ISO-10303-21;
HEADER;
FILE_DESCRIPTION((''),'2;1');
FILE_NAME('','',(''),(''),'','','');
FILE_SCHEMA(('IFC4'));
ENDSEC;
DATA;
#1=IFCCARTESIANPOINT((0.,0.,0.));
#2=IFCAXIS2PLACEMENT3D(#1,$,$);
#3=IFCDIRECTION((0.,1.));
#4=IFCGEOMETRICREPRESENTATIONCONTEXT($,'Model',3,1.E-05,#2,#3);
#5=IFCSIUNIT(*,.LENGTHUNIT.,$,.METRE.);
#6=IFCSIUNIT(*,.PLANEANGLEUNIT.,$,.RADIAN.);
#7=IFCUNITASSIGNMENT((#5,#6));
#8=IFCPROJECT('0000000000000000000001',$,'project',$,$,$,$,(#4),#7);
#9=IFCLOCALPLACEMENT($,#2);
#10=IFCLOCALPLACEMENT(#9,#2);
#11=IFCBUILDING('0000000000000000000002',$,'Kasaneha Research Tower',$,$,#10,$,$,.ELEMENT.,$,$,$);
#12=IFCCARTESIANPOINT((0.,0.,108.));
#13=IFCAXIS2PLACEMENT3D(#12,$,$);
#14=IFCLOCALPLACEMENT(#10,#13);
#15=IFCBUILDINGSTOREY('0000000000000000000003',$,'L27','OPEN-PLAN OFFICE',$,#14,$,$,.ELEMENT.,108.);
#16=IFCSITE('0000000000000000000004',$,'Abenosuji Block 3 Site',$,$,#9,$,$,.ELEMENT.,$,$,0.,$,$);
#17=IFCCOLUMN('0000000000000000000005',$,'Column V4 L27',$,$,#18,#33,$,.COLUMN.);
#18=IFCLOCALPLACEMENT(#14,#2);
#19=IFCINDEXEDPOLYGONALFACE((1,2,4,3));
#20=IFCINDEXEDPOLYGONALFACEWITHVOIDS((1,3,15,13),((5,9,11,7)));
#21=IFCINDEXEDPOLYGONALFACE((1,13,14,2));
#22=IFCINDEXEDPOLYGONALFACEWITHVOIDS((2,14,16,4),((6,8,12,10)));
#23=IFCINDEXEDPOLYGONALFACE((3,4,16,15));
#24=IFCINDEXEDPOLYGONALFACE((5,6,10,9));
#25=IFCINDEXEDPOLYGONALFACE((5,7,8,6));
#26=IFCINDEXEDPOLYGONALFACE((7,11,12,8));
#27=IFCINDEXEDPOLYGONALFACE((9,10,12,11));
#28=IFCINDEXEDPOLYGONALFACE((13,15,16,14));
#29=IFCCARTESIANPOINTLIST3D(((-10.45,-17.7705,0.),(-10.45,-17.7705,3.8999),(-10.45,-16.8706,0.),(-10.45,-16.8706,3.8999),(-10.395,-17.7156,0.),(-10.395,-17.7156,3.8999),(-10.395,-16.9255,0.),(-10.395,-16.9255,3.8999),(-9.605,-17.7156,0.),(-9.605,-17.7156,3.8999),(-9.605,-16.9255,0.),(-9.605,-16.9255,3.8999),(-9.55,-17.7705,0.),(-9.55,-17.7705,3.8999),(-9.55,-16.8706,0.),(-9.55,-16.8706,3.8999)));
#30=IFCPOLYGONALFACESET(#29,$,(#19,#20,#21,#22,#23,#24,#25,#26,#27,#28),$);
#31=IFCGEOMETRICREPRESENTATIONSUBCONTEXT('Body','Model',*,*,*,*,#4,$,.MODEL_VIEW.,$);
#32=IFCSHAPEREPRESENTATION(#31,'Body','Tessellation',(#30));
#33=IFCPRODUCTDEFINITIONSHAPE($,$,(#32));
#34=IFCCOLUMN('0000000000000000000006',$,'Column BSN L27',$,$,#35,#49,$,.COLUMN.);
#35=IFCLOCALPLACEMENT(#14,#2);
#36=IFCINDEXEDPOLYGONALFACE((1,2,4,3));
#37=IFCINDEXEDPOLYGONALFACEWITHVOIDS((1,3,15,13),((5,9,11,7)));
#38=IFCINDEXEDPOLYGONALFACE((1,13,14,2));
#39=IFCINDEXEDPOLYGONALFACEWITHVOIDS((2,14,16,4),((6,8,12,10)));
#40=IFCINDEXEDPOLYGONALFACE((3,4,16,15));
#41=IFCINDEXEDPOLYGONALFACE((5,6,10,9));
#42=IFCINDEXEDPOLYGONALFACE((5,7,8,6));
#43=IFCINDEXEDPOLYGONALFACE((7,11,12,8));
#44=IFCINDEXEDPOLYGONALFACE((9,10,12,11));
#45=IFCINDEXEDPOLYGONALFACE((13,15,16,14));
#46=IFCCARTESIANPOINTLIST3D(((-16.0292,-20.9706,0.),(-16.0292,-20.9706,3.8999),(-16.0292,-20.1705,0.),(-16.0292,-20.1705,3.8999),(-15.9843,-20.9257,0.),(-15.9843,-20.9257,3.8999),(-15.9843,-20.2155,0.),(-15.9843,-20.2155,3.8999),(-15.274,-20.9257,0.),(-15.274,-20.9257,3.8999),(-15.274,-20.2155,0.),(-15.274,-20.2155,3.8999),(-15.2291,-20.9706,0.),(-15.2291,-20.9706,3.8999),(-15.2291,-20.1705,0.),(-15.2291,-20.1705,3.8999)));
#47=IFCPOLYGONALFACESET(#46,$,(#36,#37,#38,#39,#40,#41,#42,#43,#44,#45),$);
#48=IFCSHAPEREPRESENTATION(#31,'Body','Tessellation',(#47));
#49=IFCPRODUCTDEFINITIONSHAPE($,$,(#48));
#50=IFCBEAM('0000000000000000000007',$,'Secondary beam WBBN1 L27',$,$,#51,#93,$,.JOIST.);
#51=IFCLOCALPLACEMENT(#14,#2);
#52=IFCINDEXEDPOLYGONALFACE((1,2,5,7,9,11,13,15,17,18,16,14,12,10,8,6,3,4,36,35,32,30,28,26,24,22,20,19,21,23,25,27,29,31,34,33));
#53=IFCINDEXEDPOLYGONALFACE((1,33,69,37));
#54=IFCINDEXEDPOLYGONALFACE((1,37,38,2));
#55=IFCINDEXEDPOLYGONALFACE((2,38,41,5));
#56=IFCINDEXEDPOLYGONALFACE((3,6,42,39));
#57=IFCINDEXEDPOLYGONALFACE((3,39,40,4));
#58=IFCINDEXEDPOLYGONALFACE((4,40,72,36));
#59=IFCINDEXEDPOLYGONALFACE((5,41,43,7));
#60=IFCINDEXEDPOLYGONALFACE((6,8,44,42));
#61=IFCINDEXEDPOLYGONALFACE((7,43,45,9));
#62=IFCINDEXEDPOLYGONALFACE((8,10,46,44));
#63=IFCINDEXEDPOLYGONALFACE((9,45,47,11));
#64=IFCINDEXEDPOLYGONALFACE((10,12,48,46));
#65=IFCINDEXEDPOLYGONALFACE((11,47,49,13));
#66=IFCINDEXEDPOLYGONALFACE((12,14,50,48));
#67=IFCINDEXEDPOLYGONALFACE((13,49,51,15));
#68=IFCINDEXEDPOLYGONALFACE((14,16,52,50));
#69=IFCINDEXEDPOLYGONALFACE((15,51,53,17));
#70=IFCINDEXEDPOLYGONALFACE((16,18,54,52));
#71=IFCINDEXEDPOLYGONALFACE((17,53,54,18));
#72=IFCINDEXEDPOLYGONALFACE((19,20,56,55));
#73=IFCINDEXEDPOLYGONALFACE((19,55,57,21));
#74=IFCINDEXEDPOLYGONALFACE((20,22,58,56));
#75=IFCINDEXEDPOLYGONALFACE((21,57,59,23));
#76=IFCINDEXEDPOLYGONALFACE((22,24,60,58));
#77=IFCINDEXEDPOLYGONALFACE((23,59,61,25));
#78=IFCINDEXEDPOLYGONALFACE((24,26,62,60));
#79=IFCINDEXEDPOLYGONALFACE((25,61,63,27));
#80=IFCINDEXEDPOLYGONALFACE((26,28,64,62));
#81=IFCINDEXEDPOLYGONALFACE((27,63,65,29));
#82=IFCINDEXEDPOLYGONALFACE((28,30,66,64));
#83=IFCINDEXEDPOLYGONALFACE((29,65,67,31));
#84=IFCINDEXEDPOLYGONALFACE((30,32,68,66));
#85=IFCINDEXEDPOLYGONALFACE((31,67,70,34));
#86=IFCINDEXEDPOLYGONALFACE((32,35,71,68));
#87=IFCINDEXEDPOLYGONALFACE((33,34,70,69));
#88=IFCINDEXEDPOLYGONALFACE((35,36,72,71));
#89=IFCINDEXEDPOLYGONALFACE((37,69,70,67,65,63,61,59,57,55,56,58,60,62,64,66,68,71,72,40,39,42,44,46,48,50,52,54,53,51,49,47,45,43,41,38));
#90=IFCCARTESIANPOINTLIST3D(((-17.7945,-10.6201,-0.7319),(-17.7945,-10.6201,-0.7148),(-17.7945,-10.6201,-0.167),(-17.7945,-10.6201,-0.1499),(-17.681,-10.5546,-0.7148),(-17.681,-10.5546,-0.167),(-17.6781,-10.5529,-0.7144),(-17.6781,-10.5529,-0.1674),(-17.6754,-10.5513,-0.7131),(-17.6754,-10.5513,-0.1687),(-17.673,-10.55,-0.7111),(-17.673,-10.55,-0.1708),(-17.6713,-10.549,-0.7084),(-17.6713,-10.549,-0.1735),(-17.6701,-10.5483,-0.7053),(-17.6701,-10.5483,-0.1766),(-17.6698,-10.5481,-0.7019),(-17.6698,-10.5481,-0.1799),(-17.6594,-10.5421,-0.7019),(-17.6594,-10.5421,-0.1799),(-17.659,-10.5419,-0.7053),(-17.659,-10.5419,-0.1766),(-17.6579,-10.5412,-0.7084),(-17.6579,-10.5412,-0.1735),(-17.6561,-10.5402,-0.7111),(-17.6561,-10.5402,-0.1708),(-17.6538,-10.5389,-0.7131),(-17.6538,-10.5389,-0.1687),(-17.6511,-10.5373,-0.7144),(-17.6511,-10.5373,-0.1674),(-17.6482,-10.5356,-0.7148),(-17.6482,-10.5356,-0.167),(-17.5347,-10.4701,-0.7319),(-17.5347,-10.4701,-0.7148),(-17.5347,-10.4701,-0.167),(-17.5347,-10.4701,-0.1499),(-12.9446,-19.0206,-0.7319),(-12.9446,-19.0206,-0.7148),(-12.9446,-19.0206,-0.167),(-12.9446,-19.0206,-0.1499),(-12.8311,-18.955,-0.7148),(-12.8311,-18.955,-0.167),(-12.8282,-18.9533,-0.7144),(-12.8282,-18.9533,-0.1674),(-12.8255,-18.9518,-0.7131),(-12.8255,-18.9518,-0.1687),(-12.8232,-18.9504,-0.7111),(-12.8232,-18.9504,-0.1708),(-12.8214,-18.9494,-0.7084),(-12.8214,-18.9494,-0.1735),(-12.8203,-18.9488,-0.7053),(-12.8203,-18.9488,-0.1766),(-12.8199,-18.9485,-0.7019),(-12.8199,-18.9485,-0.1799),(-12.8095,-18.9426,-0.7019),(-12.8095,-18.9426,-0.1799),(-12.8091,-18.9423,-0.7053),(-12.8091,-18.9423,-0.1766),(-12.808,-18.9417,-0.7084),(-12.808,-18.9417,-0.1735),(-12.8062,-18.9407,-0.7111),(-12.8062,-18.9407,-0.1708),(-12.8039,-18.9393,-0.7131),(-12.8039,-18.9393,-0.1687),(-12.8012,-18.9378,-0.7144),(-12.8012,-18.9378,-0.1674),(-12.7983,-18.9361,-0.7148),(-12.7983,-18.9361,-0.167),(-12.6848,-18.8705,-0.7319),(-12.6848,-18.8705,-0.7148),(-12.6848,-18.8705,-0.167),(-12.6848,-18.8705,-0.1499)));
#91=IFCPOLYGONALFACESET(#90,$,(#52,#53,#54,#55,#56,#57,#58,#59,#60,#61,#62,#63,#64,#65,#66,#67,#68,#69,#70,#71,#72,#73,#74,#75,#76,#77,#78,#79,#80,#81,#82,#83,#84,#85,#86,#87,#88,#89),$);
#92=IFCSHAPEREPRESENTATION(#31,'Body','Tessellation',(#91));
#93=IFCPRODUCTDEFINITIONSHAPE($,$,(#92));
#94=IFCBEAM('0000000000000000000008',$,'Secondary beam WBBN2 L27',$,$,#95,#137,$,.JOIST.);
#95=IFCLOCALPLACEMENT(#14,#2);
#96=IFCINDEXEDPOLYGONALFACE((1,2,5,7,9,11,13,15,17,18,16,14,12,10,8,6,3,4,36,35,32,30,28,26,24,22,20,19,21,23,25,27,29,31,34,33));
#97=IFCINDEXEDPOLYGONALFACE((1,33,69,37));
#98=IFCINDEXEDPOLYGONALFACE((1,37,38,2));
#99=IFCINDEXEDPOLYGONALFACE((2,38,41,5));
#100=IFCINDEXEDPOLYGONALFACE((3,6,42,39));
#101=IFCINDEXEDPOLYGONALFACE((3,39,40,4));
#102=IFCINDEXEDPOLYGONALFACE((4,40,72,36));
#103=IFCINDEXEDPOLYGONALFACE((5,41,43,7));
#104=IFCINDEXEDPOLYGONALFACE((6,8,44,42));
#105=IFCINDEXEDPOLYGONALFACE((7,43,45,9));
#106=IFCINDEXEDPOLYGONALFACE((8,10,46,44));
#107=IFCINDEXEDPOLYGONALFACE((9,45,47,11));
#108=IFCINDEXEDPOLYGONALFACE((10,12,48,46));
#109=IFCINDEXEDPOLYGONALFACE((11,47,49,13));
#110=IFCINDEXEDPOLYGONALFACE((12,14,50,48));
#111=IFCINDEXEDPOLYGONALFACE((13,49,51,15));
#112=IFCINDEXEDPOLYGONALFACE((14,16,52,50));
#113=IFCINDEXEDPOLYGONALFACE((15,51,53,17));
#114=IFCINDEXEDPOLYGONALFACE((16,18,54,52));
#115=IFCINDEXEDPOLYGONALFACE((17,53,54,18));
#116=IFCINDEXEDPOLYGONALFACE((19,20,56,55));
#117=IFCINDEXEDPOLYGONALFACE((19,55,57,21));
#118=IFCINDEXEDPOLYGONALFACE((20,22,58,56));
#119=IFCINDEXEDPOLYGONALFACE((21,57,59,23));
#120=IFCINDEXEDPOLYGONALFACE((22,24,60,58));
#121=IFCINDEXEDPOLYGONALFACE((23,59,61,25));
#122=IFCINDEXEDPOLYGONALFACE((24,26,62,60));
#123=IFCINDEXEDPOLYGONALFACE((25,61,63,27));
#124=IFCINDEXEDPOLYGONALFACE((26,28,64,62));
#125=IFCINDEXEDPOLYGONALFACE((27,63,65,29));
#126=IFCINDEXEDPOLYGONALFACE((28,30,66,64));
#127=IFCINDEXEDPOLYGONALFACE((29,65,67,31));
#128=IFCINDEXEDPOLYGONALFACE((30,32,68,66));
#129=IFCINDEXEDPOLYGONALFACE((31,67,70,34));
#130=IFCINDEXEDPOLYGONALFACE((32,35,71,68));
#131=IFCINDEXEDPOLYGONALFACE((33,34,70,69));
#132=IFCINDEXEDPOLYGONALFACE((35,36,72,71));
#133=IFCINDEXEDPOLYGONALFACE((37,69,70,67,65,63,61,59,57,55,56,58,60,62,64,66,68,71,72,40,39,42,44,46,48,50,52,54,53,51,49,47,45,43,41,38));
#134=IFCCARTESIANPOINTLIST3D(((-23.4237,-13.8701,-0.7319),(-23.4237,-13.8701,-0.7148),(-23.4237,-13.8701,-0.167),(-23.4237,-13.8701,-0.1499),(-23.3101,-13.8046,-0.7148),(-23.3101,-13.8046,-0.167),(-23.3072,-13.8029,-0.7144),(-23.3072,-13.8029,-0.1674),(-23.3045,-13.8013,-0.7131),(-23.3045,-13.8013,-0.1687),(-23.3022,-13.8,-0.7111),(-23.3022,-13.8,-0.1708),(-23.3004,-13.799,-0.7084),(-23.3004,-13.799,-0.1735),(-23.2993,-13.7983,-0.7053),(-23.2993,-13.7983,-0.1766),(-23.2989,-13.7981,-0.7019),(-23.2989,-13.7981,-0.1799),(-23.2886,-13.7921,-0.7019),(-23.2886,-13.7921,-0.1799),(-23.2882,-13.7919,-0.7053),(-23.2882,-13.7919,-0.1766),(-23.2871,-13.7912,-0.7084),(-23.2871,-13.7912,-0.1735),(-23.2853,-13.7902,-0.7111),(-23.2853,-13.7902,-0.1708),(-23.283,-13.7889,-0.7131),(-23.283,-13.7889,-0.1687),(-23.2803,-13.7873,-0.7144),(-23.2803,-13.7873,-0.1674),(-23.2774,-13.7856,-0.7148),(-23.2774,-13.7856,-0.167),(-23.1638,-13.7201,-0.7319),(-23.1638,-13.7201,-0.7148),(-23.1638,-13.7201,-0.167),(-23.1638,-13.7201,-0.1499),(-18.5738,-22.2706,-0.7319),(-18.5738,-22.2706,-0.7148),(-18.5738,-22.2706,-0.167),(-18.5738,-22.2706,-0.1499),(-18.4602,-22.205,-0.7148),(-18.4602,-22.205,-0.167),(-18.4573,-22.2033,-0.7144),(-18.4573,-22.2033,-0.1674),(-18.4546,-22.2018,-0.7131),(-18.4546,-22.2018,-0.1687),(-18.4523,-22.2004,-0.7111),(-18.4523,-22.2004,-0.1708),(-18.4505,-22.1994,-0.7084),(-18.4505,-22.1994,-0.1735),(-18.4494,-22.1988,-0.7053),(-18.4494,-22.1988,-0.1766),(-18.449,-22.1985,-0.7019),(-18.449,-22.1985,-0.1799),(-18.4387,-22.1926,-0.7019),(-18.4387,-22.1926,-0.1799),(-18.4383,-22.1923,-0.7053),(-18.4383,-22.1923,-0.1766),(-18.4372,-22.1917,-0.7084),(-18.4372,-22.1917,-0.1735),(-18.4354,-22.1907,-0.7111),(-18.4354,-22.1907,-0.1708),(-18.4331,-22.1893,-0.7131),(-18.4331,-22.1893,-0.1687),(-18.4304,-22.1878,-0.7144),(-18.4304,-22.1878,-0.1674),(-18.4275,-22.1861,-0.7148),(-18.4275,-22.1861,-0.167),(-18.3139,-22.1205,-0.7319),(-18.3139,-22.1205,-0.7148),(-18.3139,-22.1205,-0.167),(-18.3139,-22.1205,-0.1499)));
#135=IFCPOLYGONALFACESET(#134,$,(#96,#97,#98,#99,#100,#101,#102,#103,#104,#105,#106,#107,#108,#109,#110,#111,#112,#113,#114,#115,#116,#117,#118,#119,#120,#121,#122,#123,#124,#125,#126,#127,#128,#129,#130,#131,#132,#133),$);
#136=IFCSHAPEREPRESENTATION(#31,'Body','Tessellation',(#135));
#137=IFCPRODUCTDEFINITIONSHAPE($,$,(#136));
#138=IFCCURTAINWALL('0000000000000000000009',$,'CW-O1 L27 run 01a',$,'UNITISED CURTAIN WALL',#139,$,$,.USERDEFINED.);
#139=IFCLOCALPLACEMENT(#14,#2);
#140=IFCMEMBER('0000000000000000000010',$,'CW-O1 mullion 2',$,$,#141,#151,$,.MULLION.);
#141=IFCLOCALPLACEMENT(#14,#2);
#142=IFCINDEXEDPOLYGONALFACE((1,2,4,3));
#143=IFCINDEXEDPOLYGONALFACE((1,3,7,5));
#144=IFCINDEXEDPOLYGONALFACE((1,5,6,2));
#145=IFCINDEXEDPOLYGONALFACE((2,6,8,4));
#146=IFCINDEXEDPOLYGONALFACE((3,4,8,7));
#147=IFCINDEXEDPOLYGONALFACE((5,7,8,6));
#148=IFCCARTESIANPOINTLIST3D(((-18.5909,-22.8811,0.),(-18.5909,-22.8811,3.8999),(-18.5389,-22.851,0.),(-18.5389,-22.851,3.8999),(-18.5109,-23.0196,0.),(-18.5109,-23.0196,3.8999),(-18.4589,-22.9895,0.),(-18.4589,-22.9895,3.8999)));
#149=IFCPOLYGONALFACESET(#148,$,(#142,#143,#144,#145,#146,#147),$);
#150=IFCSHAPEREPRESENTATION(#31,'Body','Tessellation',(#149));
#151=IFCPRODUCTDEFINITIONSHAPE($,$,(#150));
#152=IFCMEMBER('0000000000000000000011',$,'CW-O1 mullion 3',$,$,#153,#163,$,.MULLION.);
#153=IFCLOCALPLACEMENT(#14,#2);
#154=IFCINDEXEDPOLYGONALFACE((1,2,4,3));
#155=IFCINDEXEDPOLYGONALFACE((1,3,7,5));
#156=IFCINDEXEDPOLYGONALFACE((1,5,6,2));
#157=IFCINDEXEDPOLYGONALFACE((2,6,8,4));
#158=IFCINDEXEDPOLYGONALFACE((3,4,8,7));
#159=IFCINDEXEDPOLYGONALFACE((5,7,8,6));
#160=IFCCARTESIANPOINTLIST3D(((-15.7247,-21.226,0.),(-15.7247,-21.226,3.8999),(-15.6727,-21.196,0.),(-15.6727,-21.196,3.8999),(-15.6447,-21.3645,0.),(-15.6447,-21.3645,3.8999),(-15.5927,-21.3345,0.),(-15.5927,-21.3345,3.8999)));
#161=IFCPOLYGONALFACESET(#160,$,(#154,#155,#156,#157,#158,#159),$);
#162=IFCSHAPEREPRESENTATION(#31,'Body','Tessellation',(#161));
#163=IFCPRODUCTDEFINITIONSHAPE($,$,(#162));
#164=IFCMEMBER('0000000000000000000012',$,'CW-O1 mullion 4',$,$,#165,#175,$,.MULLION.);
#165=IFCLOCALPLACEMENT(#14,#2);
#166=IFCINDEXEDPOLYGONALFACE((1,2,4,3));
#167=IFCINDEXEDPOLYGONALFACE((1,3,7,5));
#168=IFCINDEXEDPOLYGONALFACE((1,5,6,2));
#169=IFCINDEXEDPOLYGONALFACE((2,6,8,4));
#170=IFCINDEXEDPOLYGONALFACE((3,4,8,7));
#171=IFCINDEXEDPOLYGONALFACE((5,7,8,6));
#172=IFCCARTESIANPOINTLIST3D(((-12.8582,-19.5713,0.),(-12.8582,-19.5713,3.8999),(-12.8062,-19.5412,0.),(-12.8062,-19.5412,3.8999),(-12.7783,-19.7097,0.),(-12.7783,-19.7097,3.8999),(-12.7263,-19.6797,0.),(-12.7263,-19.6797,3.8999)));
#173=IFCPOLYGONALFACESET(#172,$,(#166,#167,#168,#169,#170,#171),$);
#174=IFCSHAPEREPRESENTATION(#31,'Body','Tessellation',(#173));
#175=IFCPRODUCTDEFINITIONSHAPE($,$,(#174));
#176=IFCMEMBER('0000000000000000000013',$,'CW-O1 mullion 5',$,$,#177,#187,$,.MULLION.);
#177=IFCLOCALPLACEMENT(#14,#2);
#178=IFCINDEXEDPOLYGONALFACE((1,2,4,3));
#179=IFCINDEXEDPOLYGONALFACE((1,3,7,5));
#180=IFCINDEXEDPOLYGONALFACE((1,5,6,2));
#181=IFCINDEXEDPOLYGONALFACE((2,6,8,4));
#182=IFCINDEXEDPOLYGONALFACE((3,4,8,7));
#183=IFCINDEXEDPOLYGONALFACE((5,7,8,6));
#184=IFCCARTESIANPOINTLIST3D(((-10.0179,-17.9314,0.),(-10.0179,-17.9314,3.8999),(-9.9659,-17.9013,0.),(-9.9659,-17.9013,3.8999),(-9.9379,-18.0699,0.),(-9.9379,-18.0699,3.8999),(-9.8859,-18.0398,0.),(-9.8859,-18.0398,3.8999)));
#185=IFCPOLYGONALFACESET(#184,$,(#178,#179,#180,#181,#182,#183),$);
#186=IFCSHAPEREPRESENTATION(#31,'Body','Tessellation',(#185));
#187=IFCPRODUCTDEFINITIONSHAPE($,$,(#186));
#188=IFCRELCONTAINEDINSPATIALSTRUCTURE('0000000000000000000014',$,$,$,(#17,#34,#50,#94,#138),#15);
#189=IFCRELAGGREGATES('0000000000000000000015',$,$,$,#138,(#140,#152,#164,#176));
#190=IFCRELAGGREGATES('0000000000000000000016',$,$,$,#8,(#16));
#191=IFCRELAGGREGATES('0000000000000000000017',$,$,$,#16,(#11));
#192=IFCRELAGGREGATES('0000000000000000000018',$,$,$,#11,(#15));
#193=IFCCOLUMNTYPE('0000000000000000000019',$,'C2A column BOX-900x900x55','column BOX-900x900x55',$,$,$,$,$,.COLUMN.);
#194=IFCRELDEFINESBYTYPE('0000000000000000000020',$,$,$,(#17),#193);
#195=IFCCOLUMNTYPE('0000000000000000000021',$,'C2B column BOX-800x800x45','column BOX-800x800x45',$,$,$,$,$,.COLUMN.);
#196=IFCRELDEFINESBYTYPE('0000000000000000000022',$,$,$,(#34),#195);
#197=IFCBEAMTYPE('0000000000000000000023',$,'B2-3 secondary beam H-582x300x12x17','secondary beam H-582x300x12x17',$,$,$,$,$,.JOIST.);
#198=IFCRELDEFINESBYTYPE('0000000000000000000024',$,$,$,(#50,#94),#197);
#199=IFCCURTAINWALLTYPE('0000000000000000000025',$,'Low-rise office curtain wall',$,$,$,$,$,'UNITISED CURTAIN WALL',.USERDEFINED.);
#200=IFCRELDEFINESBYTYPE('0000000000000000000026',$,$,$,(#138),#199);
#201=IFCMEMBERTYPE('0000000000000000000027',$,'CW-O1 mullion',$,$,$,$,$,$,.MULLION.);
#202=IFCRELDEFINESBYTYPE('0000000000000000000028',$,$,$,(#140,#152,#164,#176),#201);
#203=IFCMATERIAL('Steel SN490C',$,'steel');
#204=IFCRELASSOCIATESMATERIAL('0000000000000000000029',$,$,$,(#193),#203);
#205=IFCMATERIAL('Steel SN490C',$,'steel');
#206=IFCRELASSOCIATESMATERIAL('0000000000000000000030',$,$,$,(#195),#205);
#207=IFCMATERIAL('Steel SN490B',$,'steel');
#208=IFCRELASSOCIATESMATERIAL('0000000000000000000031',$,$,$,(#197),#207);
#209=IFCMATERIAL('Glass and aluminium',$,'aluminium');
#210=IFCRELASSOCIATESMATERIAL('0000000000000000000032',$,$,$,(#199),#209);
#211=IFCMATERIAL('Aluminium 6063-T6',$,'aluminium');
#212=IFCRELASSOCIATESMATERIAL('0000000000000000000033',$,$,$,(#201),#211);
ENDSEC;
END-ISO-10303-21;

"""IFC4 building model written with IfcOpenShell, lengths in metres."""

from ifc_helpers import new_model, si_unit, direction, frame, origin, origin_2d, place, context, subcontext, project, spatial, rectangle, hollow_rectangle, i_section, extrude, material, material_profile, profile_set, type_object, element, aggregate, save


model = new_model("IFC4")

# Units and contexts
model_context = context("Model", 3, precision=1e-05, world=origin(), true_north=direction((0.0, 1.0)))
body_context = subcontext(model_context, "Body", "Model", "MODEL_VIEW")
ifc_project = project(units=[si_unit("LENGTHUNIT", "METRE"), si_unit("PLANEANGLEUNIT", "RADIAN")], contexts=[model_context])

# Site, building, storey
site_placement = place(None, origin())
site = spatial("IfcSite", under=ifc_project, at=site_placement, Name="Abenosuji Block 3 Site", CompositionType="ELEMENT", RefElevation=0.0)
building_placement = place(site_placement, origin())
building = spatial("IfcBuilding", under=site, at=building_placement, Name="Kasaneha Research Tower", CompositionType="ELEMENT")
storey_placement = place(building_placement, frame((0.0, 0.0, 108.0)))
storey = spatial("IfcBuildingStorey", under=building, at=storey_placement, Name="L27", Description="OPEN-PLAN OFFICE", CompositionType="ELEMENT", Elevation=108.0)

# Columns
ifc_material_1 = material(Name="Steel SN490C", Category="steel")
ifc_material_profile_1 = material_profile(ifc_material_1, hollow_rectangle(XDim=0.8999, YDim=0.8999, WallThickness=0.0549, at=origin_2d()), Name="BOX-900x900x55")
ifc_profile_set_1 = profile_set([ifc_material_profile_1], Name="Steel SN490C")
column_type_1 = type_object("IfcColumnType", Name="C2A column BOX-900x900x55", Description="column BOX-900x900x55", PredefinedType="COLUMN", material=ifc_profile_set_1)
column_1_placement = place(storey_placement, frame((-10.0, -17.3206, 0.0), z_axis=(0.0, 0.0, 1.0), x_axis=(1.0, 0.0, 0.0)))
element("IfcColumn", 1, at=column_1_placement, inside=storey, type_object=column_type_1, Name="Column V4 L27", PredefinedType="COLUMN", context=body_context, shape_type="SweptSolid", body=[
    extrude(hollow_rectangle(XDim=0.8999, YDim=0.8999, WallThickness=0.0549, at=origin_2d()), origin(), (0.0, 0.0, 1.0), 3.8999),
])
ifc_material_2 = material(Name="Steel SN490C", Category="steel")
ifc_material_profile_2 = material_profile(ifc_material_2, hollow_rectangle(XDim=0.8, YDim=0.8, WallThickness=0.0449, at=origin_2d()), Name="BOX-800x800x45")
ifc_profile_set_2 = profile_set([ifc_material_profile_2], Name="Steel SN490C")
column_type_2 = type_object("IfcColumnType", Name="C2B column BOX-800x800x45", Description="column BOX-800x800x45", PredefinedType="COLUMN", material=ifc_profile_set_2)
column_2_placement = place(storey_placement, frame((-15.6292, -20.5706, 0.0), z_axis=(0.0, 0.0, 1.0), x_axis=(1.0, 0.0, 0.0)))
element("IfcColumn", 2, at=column_2_placement, inside=storey, type_object=column_type_2, Name="Column BSN L27", PredefinedType="COLUMN", context=body_context, shape_type="SweptSolid", body=[
    extrude(hollow_rectangle(XDim=0.8, YDim=0.8, WallThickness=0.0449, at=origin_2d()), origin(), (0.0, 0.0, 1.0), 3.8999),
])

# Beams
ifc_material_3 = material(Name="Steel SN490B", Category="steel")
ifc_material_profile_3 = material_profile(ifc_material_3, i_section(OverallWidth=0.3, OverallDepth=0.582, WebThickness=0.012, FlangeThickness=0.0171, FilletRadius=0.0129, at=origin_2d()), Name="H-582x300x12x17")
ifc_profile_set_3 = profile_set([ifc_material_profile_3], Name="Steel SN490B")
beam_type_1 = type_object("IfcBeamType", Name="B2-3 secondary beam H-582x300x12x17", Description="secondary beam H-582x300x12x17", PredefinedType="JOIST", material=ifc_profile_set_3)
for number, where, z_axis, x_axis, name in (
    (3, (-12.8147, -18.9456, -0.4409), (-0.499991, 0.866031, 0.0), (-0.866031, -0.499991, 0.0), "Secondary beam WBBN1 L27"),
    (4, (-18.4438, -22.1956, -0.4409), (-0.499991, 0.866031, 0.0), (-0.866031, -0.499991, 0.0), "Secondary beam WBBN2 L27"),
):
    element("IfcBeam", number, at=place(storey_placement, frame(where, z_axis=z_axis, x_axis=x_axis)), inside=storey, type_object=beam_type_1, Name=name, PredefinedType="JOIST", context=body_context, shape_type="SweptSolid", body=[
        extrude(i_section(OverallWidth=0.3, OverallDepth=0.582, WebThickness=0.012, FlangeThickness=0.0171, FilletRadius=0.0129, at=origin_2d()), origin(), (0.0, 0.0, 1.0), 9.7),
    ])

# Curtain wall, members
ifc_material_4 = material(Name="Glass and aluminium", Category="aluminium")
curtain_wall_type = type_object("IfcCurtainWallType", Name="Low-rise office curtain wall", ElementType="UNITISED CURTAIN WALL", PredefinedType="USERDEFINED", material=ifc_material_4)
curtain_wall_1_placement = place(storey_placement, origin())
curtain_wall_1 = element("IfcCurtainWall", 5, at=curtain_wall_1_placement, inside=storey, type_object=curtain_wall_type, Name="CW-O1 L27 run 01a", ObjectType="UNITISED CURTAIN WALL", PredefinedType="USERDEFINED")
ifc_material_5 = material(Name="Aluminium 6063-T6", Category="aluminium")
ifc_material_profile_4 = material_profile(ifc_material_5, rectangle(XDim=0.0601, YDim=0.1599, at=origin_2d()), Name="CW-O1 mullion 60x160")
ifc_profile_set_4 = profile_set([ifc_material_profile_4], Name="Aluminium 6063-T6")
member_type_1 = type_object("IfcMemberType", Name="CW-O1 mullion", PredefinedType="MULLION", material=ifc_profile_set_4)
member_1_placement = place(storey_placement, frame((-18.5249, -22.9353, 0.0), z_axis=(0.0, 0.0, 1.0), x_axis=(0.866025, 0.5, 0.0)))
member_1 = element("IfcMember", 6, at=member_1_placement, type_object=member_type_1, Name="CW-O1 mullion 2", PredefinedType="MULLION", context=body_context, shape_type="SweptSolid", body=[
    extrude(rectangle(XDim=0.0601, YDim=0.1599, at=origin_2d()), origin(), (0.0, 0.0, 1.0), 3.8999),
])
member_2_placement = place(storey_placement, frame((-15.6587, -21.2803, 0.0), z_axis=(0.0, 0.0, 1.0), x_axis=(0.866025, 0.5, 0.0)))
member_2 = element("IfcMember", 7, at=member_2_placement, type_object=member_type_1, Name="CW-O1 mullion 3", PredefinedType="MULLION", context=body_context, shape_type="SweptSolid", body=[
    extrude(rectangle(XDim=0.0601, YDim=0.1599, at=origin_2d()), origin(), (0.0, 0.0, 1.0), 3.8999),
])
member_3_placement = place(storey_placement, frame((-12.7922, -19.6255, 0.0), z_axis=(0.0, 0.0, 1.0), x_axis=(0.866025, 0.5, 0.0)))
member_3 = element("IfcMember", 8, at=member_3_placement, type_object=member_type_1, Name="CW-O1 mullion 4", PredefinedType="MULLION", context=body_context, shape_type="SweptSolid", body=[
    extrude(rectangle(XDim=0.0601, YDim=0.1599, at=origin_2d()), origin(), (0.0, 0.0, 1.0), 3.8999),
])
member_4_placement = place(storey_placement, frame((-9.9519, -17.9856, 0.0), z_axis=(0.0, 0.0, 1.0), x_axis=(0.866025, 0.5, 0.0)))
member_4 = element("IfcMember", 9, at=member_4_placement, type_object=member_type_1, Name="CW-O1 mullion 5", PredefinedType="MULLION", context=body_context, shape_type="SweptSolid", body=[
    extrude(rectangle(XDim=0.0601, YDim=0.1599, at=origin_2d()), origin(), (0.0, 0.0, 1.0), 3.8999),
])

aggregate(curtain_wall_1, [member_1, member_2, member_3, member_4])

save(model, "model.ifc")
